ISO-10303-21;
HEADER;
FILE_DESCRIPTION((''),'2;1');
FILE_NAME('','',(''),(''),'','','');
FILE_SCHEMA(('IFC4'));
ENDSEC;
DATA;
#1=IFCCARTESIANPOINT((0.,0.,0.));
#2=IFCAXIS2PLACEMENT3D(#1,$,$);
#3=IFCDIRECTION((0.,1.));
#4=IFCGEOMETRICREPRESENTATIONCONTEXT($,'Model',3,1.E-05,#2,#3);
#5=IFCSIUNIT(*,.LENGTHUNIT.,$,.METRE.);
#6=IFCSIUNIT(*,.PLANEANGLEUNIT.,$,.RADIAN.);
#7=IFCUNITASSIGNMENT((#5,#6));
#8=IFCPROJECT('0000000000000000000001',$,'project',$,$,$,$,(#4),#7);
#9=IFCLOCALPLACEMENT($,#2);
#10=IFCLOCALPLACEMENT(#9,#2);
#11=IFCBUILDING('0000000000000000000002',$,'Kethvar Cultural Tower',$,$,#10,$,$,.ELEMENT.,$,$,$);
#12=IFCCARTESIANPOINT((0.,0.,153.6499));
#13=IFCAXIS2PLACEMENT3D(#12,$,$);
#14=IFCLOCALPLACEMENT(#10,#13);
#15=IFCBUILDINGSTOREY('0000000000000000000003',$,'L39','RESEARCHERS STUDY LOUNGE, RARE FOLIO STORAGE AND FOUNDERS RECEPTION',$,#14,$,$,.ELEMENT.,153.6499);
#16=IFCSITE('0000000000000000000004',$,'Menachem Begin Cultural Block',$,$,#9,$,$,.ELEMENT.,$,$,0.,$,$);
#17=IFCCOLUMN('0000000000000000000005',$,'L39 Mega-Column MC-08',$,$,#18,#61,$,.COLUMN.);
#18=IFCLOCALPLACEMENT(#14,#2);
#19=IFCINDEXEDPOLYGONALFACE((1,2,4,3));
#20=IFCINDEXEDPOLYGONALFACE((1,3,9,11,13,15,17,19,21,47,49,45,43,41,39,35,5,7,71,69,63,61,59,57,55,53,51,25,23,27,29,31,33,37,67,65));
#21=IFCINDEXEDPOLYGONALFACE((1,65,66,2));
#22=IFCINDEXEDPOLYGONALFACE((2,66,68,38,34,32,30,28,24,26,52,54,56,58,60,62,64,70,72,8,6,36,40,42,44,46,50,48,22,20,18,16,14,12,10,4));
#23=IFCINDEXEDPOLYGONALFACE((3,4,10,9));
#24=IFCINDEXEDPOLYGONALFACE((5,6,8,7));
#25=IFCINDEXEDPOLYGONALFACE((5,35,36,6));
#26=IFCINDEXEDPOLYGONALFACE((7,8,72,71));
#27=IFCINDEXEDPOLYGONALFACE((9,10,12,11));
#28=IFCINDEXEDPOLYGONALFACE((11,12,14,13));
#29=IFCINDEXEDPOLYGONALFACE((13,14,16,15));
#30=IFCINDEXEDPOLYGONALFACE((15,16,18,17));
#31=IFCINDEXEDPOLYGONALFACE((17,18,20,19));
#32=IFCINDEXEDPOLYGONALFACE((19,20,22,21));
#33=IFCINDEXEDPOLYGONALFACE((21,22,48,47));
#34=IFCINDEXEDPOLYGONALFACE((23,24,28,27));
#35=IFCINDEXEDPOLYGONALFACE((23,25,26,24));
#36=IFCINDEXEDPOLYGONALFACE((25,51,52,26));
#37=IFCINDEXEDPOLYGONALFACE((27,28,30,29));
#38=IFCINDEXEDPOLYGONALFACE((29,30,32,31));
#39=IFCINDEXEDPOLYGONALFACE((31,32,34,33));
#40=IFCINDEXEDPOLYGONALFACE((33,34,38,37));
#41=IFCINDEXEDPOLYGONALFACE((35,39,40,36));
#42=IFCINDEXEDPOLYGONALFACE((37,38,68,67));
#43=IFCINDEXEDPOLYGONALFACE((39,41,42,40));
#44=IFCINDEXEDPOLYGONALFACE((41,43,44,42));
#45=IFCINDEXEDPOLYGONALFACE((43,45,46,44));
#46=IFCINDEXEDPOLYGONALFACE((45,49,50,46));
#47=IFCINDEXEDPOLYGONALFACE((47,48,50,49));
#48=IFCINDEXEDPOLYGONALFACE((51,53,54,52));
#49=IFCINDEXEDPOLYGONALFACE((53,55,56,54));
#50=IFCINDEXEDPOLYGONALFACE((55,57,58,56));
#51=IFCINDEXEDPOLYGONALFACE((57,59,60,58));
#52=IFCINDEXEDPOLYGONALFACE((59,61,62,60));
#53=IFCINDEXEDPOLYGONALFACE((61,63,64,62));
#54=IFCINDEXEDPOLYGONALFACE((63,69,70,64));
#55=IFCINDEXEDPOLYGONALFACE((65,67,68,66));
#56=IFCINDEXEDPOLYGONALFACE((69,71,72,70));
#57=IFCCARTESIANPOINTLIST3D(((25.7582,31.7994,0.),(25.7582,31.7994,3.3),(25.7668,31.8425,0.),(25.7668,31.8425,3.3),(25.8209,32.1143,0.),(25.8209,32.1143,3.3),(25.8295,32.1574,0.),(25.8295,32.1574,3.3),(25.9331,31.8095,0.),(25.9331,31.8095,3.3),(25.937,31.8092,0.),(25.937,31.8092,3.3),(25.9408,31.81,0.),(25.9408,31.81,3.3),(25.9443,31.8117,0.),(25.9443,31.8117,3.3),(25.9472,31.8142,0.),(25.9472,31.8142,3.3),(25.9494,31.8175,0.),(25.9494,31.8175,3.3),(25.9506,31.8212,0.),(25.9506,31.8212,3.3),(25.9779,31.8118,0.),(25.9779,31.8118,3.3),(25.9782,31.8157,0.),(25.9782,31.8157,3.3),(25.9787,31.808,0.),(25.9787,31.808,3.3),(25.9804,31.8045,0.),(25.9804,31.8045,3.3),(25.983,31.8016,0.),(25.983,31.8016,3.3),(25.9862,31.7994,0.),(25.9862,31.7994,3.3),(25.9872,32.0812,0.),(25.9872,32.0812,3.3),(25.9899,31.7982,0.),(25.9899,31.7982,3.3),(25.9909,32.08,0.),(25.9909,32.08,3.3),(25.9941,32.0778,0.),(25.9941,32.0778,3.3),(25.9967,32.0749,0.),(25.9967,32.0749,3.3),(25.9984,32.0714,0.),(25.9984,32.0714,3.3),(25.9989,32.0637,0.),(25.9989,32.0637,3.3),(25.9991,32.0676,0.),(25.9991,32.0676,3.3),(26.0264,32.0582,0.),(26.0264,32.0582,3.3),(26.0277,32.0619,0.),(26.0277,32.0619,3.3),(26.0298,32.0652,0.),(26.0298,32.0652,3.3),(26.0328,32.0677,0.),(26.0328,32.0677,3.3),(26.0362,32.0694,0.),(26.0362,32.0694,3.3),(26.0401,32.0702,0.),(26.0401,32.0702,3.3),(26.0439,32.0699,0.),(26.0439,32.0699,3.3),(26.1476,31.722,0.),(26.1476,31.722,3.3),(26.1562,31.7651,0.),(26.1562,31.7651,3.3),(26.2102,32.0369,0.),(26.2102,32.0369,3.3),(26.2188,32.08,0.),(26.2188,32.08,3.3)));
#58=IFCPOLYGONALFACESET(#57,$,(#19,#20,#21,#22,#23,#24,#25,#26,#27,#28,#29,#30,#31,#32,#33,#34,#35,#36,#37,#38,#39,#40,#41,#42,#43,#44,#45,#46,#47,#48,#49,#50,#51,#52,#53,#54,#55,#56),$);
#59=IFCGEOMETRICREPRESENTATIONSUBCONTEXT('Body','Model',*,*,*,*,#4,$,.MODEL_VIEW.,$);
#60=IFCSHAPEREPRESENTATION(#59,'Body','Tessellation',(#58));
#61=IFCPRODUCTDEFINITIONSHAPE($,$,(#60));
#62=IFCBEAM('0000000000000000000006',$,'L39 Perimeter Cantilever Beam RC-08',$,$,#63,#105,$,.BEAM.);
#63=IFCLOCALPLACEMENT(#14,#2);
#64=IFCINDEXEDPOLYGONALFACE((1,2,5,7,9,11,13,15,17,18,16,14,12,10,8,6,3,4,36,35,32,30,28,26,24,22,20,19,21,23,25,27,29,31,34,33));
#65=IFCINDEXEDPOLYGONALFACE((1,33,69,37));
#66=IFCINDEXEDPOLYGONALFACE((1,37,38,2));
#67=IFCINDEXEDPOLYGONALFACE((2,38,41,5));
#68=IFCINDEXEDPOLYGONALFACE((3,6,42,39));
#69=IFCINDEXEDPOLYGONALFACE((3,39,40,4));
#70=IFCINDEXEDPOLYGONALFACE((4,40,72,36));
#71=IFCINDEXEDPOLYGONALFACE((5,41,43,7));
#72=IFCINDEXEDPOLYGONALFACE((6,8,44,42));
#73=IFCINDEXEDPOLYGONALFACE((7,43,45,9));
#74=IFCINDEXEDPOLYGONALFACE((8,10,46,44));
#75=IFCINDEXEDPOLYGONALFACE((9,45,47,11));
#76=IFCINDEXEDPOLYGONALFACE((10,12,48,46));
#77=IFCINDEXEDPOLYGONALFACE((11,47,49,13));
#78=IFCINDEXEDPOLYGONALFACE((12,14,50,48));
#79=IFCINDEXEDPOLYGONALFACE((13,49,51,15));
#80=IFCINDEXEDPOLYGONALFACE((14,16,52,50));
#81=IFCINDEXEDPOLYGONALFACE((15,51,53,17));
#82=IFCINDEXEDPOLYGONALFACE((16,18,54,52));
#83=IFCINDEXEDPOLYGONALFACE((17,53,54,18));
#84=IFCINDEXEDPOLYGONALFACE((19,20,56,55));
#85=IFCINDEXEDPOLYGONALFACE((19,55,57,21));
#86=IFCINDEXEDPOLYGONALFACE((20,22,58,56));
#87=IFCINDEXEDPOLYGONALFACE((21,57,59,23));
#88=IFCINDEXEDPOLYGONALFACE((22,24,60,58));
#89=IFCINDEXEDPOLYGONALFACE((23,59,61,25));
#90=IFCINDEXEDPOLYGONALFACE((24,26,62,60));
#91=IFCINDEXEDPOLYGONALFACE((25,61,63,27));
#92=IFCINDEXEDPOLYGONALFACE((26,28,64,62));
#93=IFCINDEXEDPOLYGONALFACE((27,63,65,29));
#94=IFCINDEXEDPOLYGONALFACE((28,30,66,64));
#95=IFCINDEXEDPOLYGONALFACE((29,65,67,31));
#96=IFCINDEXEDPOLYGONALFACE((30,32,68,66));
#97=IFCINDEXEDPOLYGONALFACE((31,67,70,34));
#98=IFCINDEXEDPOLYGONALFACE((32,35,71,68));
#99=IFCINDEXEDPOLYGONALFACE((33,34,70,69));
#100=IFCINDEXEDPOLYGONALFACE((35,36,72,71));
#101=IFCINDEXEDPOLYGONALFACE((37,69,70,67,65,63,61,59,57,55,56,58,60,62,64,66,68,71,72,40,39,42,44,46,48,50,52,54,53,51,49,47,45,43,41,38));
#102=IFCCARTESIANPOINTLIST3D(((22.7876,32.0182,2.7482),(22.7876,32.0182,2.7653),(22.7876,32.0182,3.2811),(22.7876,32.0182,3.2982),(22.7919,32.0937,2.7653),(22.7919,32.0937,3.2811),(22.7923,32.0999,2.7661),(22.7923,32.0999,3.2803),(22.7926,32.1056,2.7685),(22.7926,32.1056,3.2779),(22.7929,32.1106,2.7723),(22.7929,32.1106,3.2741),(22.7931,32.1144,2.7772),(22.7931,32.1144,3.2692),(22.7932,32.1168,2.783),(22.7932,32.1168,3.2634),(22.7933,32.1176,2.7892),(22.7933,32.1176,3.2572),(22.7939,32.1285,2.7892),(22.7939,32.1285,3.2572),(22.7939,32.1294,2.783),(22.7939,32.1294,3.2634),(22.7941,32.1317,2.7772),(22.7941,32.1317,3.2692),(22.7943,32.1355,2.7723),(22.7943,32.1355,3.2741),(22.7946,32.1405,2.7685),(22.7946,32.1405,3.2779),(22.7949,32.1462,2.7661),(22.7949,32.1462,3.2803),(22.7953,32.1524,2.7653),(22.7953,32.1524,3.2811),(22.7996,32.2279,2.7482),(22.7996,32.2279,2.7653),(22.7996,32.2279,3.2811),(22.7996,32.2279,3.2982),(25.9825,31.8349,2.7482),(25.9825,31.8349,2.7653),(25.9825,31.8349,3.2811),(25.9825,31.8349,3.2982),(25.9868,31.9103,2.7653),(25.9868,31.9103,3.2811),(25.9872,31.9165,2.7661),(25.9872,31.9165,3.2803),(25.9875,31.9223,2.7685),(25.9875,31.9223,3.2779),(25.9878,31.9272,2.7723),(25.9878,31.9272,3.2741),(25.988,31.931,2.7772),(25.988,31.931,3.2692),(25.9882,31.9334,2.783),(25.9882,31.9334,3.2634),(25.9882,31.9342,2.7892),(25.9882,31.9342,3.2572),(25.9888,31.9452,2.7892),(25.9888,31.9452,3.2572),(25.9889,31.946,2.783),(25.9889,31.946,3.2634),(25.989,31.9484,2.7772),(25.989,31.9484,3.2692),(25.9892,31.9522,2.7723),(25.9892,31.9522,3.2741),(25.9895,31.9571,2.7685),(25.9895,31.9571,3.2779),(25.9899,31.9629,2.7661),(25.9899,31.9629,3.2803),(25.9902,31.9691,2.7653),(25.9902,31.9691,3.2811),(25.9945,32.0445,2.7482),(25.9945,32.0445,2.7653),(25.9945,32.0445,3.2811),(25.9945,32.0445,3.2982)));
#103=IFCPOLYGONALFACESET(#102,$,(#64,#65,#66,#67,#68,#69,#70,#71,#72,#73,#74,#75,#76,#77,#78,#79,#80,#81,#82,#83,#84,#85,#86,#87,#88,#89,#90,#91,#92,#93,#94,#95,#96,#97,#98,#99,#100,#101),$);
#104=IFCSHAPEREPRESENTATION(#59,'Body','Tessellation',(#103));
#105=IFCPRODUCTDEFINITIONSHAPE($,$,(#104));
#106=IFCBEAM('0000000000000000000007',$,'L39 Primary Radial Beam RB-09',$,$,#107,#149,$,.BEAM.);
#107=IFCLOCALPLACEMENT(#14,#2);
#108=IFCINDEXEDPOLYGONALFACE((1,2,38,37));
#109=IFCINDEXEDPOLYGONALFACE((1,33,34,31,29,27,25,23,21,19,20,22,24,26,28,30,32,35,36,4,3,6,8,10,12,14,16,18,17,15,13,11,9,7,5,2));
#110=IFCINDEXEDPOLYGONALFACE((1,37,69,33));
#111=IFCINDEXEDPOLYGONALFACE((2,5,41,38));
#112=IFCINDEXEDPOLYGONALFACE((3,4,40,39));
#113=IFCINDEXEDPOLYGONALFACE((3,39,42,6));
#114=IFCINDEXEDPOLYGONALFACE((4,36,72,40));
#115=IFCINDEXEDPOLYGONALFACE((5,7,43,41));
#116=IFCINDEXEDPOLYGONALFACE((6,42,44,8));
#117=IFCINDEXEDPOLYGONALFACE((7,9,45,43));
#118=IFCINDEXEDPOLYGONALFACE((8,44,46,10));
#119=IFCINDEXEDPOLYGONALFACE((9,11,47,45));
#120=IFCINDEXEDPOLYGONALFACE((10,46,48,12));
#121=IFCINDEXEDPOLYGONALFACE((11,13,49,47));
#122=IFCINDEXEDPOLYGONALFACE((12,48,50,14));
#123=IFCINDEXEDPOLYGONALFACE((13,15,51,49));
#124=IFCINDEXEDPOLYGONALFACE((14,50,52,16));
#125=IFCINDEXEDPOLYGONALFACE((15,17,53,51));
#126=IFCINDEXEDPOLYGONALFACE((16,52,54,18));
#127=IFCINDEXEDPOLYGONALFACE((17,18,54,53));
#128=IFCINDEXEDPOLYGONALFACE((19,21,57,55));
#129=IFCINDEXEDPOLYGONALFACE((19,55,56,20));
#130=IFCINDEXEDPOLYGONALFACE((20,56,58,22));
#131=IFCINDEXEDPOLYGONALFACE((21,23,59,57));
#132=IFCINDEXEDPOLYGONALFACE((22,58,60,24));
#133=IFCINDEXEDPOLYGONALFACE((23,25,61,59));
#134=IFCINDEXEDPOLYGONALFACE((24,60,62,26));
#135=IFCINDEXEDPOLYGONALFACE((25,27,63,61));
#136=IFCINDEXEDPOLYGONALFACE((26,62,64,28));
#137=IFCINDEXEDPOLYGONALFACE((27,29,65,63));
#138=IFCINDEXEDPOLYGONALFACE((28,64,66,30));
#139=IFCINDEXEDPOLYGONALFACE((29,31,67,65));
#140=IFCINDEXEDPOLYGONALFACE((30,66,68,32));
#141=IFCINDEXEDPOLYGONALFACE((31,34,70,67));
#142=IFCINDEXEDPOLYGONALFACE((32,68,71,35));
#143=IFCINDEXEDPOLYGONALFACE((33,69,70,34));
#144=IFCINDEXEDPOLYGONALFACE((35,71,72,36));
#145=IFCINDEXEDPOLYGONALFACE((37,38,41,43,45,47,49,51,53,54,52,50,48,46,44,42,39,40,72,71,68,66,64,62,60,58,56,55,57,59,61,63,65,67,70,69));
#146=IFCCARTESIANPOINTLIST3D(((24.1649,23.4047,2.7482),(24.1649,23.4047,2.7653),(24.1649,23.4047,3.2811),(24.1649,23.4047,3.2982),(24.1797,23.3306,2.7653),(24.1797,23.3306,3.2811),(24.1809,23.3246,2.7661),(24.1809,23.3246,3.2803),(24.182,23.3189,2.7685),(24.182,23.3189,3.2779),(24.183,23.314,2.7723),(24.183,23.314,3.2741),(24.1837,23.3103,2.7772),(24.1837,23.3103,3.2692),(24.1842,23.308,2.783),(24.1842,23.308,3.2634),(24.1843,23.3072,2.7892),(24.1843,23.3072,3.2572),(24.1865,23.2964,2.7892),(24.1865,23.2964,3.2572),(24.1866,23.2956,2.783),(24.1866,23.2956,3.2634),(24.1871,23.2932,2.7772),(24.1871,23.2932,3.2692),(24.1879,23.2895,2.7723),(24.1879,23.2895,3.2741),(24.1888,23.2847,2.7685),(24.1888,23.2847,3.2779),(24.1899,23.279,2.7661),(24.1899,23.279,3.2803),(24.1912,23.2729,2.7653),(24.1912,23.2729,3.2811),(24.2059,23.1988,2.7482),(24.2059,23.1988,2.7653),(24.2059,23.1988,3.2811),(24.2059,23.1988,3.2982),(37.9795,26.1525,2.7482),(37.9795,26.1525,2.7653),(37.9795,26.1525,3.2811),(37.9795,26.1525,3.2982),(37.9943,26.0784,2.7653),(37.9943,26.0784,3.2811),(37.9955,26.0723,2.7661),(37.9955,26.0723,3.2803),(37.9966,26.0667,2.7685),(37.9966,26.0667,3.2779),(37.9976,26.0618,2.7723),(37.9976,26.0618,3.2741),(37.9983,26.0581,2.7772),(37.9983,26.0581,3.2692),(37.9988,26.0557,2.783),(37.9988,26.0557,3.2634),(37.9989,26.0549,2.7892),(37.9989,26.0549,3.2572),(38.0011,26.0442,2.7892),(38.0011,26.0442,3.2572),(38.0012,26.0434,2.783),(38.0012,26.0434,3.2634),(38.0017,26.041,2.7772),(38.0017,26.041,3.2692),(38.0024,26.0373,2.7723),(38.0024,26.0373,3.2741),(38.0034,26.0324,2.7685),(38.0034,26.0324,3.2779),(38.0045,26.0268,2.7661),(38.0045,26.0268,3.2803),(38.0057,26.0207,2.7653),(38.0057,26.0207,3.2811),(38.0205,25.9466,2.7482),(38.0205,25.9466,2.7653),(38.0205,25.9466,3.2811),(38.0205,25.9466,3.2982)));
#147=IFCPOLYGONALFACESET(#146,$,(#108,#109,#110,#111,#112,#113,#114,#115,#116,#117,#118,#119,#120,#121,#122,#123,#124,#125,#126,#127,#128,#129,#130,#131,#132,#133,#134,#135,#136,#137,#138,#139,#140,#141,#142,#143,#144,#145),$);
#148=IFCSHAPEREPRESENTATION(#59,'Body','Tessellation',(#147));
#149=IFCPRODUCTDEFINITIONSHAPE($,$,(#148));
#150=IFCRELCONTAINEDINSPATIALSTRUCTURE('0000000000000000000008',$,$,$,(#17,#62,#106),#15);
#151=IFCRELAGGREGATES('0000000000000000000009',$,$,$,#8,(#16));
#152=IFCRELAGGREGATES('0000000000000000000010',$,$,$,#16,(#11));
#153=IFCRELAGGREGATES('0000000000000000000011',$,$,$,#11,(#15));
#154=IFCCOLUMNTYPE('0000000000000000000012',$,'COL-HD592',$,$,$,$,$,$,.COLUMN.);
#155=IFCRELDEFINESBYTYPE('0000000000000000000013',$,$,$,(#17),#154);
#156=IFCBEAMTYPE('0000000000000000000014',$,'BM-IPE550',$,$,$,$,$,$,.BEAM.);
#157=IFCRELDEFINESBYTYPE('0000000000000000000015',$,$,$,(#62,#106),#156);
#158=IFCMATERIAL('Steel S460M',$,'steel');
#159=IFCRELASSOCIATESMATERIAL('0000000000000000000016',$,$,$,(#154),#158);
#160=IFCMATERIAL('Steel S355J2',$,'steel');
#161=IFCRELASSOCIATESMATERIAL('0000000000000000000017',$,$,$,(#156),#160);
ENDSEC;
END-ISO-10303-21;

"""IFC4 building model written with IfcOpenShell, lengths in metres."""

from ifc_helpers import new_model, si_unit, direction, frame, origin, origin_2d, place, context, subcontext, project, spatial, i_section, extrude, source, transform, mapped, material, material_profile, profile_set, type_object, element, save


model = new_model("IFC4")

# Units and contexts
model_context = context("Model", 3, precision=1e-05, world=origin(), true_north=direction((0.0, 1.0)))
body_context = subcontext(model_context, "Body", "Model", "MODEL_VIEW")
ifc_project = project(units=[si_unit("LENGTHUNIT", "METRE"), si_unit("PLANEANGLEUNIT", "RADIAN")], contexts=[model_context])

# Site, building, storey
site_placement = place(None, origin())
site = spatial("IfcSite", under=ifc_project, at=site_placement, Name="Menachem Begin Cultural Block", CompositionType="ELEMENT", RefElevation=0.0)
building_placement = place(site_placement, origin())
building = spatial("IfcBuilding", under=site, at=building_placement, Name="Kethvar Cultural Tower", CompositionType="ELEMENT")
storey_placement = place(building_placement, frame((0.0, 0.0, 153.6499)))
storey = spatial("IfcBuildingStorey", under=building, at=storey_placement, Name="L39", Description="RESEARCHERS STUDY LOUNGE, RARE FOLIO STORAGE AND FOUNDERS RECEPTION", CompositionType="ELEMENT", Elevation=153.6499)

# Column
ifc_material_1 = material(Name="Steel S460M", Category="steel")
ifc_material_profile_1 = material_profile(ifc_material_1, i_section(OverallWidth=0.397, OverallDepth=0.365, WebThickness=0.0281, FlangeThickness=0.0439, FilletRadius=0.0149, at=origin_2d()), Name="Steel S460M — HD400x592")
ifc_profile_set_1 = profile_set([ifc_material_profile_1], Name="Steel S460M — HD400x592")
column_type = type_object("IfcColumnType", Name="COL-HD592", PredefinedType="COLUMN", material=ifc_profile_set_1)
shared_shape_1 = source(origin(), body_context, "Body", "SweptSolid", [
    extrude(i_section(OverallWidth=0.397, OverallDepth=0.365, WebThickness=0.0281, FlangeThickness=0.0439, FilletRadius=0.0149, at=origin_2d()), origin(), (0.0, 0.0, 1.0), 3.3),
])
column_placement = place(storey_placement, frame((25.9885, 31.9397, 0.0), z_axis=(0.0, 0.0, 1.0), x_axis=(-0.980785, 0.19509, 0.0)))
element("IfcColumn", 1, at=column_placement, inside=storey, type_object=column_type, Name="L39 Mega-Column MC-08", PredefinedType="COLUMN", context=body_context, shape_type="MappedRepresentation", body=[
    mapped(shared_shape_1, transform((0.0, 0.0, 0.0), scale=1.0)),
])

# Beams
ifc_material_2 = material(Name="Steel S355J2", Category="steel")
ifc_material_profile_2 = material_profile(ifc_material_2, i_section(OverallWidth=0.21, OverallDepth=0.55, WebThickness=0.011, FlangeThickness=0.0171, FilletRadius=0.0239, at=origin_2d()), Name="Steel S355J2 — IPE550")
ifc_profile_set_2 = profile_set([ifc_material_profile_2], Name="Steel S355J2 — IPE550")
beam_type_1 = type_object("IfcBeamType", Name="BM-IPE550", PredefinedType="BEAM", material=ifc_profile_set_2)
shared_shape_2 = source(origin(), body_context, "Body", "SweptSolid", [
    extrude(i_section(OverallWidth=0.21, OverallDepth=0.55, WebThickness=0.011, FlangeThickness=0.0171, FilletRadius=0.0239, at=origin_2d()), origin(), (0.0, 0.0, 1.0), 3.2002),
])
beam_1_placement = place(storey_placement, frame((25.9885, 31.9397, 3.0232), z_axis=(-0.998357, 0.057295, 0.0), x_axis=(-0.057295, -0.998357, 0.0)))
element("IfcBeam", 2, at=beam_1_placement, inside=storey, type_object=beam_type_1, Name="L39 Perimeter Cantilever Beam RC-08", PredefinedType="BEAM", context=body_context, shape_type="MappedRepresentation", body=[
    mapped(shared_shape_2, transform((0.0, 0.0, 0.0), scale=1.0)),
])
shared_shape_3 = source(origin(), body_context, "Body", "SweptSolid", [
    extrude(i_section(OverallWidth=0.21, OverallDepth=0.55, WebThickness=0.011, FlangeThickness=0.0171, FilletRadius=0.0239, at=origin_2d()), origin(), (0.0, 0.0, 1.0), 14.0852),
])
beam_2_placement = place(storey_placement, frame((38.0, 26.0496, 3.0232), z_axis=(-0.980787, -0.195083, 0.0), x_axis=(0.195083, -0.980787, 0.0)))
element("IfcBeam", 3, at=beam_2_placement, inside=storey, type_object=beam_type_1, Name="L39 Primary Radial Beam RB-09", PredefinedType="BEAM", context=body_context, shape_type="MappedRepresentation", body=[
    mapped(shared_shape_3, transform((0.0, 0.0, 0.0), scale=1.0)),
])

save(model, "model.ifc")
